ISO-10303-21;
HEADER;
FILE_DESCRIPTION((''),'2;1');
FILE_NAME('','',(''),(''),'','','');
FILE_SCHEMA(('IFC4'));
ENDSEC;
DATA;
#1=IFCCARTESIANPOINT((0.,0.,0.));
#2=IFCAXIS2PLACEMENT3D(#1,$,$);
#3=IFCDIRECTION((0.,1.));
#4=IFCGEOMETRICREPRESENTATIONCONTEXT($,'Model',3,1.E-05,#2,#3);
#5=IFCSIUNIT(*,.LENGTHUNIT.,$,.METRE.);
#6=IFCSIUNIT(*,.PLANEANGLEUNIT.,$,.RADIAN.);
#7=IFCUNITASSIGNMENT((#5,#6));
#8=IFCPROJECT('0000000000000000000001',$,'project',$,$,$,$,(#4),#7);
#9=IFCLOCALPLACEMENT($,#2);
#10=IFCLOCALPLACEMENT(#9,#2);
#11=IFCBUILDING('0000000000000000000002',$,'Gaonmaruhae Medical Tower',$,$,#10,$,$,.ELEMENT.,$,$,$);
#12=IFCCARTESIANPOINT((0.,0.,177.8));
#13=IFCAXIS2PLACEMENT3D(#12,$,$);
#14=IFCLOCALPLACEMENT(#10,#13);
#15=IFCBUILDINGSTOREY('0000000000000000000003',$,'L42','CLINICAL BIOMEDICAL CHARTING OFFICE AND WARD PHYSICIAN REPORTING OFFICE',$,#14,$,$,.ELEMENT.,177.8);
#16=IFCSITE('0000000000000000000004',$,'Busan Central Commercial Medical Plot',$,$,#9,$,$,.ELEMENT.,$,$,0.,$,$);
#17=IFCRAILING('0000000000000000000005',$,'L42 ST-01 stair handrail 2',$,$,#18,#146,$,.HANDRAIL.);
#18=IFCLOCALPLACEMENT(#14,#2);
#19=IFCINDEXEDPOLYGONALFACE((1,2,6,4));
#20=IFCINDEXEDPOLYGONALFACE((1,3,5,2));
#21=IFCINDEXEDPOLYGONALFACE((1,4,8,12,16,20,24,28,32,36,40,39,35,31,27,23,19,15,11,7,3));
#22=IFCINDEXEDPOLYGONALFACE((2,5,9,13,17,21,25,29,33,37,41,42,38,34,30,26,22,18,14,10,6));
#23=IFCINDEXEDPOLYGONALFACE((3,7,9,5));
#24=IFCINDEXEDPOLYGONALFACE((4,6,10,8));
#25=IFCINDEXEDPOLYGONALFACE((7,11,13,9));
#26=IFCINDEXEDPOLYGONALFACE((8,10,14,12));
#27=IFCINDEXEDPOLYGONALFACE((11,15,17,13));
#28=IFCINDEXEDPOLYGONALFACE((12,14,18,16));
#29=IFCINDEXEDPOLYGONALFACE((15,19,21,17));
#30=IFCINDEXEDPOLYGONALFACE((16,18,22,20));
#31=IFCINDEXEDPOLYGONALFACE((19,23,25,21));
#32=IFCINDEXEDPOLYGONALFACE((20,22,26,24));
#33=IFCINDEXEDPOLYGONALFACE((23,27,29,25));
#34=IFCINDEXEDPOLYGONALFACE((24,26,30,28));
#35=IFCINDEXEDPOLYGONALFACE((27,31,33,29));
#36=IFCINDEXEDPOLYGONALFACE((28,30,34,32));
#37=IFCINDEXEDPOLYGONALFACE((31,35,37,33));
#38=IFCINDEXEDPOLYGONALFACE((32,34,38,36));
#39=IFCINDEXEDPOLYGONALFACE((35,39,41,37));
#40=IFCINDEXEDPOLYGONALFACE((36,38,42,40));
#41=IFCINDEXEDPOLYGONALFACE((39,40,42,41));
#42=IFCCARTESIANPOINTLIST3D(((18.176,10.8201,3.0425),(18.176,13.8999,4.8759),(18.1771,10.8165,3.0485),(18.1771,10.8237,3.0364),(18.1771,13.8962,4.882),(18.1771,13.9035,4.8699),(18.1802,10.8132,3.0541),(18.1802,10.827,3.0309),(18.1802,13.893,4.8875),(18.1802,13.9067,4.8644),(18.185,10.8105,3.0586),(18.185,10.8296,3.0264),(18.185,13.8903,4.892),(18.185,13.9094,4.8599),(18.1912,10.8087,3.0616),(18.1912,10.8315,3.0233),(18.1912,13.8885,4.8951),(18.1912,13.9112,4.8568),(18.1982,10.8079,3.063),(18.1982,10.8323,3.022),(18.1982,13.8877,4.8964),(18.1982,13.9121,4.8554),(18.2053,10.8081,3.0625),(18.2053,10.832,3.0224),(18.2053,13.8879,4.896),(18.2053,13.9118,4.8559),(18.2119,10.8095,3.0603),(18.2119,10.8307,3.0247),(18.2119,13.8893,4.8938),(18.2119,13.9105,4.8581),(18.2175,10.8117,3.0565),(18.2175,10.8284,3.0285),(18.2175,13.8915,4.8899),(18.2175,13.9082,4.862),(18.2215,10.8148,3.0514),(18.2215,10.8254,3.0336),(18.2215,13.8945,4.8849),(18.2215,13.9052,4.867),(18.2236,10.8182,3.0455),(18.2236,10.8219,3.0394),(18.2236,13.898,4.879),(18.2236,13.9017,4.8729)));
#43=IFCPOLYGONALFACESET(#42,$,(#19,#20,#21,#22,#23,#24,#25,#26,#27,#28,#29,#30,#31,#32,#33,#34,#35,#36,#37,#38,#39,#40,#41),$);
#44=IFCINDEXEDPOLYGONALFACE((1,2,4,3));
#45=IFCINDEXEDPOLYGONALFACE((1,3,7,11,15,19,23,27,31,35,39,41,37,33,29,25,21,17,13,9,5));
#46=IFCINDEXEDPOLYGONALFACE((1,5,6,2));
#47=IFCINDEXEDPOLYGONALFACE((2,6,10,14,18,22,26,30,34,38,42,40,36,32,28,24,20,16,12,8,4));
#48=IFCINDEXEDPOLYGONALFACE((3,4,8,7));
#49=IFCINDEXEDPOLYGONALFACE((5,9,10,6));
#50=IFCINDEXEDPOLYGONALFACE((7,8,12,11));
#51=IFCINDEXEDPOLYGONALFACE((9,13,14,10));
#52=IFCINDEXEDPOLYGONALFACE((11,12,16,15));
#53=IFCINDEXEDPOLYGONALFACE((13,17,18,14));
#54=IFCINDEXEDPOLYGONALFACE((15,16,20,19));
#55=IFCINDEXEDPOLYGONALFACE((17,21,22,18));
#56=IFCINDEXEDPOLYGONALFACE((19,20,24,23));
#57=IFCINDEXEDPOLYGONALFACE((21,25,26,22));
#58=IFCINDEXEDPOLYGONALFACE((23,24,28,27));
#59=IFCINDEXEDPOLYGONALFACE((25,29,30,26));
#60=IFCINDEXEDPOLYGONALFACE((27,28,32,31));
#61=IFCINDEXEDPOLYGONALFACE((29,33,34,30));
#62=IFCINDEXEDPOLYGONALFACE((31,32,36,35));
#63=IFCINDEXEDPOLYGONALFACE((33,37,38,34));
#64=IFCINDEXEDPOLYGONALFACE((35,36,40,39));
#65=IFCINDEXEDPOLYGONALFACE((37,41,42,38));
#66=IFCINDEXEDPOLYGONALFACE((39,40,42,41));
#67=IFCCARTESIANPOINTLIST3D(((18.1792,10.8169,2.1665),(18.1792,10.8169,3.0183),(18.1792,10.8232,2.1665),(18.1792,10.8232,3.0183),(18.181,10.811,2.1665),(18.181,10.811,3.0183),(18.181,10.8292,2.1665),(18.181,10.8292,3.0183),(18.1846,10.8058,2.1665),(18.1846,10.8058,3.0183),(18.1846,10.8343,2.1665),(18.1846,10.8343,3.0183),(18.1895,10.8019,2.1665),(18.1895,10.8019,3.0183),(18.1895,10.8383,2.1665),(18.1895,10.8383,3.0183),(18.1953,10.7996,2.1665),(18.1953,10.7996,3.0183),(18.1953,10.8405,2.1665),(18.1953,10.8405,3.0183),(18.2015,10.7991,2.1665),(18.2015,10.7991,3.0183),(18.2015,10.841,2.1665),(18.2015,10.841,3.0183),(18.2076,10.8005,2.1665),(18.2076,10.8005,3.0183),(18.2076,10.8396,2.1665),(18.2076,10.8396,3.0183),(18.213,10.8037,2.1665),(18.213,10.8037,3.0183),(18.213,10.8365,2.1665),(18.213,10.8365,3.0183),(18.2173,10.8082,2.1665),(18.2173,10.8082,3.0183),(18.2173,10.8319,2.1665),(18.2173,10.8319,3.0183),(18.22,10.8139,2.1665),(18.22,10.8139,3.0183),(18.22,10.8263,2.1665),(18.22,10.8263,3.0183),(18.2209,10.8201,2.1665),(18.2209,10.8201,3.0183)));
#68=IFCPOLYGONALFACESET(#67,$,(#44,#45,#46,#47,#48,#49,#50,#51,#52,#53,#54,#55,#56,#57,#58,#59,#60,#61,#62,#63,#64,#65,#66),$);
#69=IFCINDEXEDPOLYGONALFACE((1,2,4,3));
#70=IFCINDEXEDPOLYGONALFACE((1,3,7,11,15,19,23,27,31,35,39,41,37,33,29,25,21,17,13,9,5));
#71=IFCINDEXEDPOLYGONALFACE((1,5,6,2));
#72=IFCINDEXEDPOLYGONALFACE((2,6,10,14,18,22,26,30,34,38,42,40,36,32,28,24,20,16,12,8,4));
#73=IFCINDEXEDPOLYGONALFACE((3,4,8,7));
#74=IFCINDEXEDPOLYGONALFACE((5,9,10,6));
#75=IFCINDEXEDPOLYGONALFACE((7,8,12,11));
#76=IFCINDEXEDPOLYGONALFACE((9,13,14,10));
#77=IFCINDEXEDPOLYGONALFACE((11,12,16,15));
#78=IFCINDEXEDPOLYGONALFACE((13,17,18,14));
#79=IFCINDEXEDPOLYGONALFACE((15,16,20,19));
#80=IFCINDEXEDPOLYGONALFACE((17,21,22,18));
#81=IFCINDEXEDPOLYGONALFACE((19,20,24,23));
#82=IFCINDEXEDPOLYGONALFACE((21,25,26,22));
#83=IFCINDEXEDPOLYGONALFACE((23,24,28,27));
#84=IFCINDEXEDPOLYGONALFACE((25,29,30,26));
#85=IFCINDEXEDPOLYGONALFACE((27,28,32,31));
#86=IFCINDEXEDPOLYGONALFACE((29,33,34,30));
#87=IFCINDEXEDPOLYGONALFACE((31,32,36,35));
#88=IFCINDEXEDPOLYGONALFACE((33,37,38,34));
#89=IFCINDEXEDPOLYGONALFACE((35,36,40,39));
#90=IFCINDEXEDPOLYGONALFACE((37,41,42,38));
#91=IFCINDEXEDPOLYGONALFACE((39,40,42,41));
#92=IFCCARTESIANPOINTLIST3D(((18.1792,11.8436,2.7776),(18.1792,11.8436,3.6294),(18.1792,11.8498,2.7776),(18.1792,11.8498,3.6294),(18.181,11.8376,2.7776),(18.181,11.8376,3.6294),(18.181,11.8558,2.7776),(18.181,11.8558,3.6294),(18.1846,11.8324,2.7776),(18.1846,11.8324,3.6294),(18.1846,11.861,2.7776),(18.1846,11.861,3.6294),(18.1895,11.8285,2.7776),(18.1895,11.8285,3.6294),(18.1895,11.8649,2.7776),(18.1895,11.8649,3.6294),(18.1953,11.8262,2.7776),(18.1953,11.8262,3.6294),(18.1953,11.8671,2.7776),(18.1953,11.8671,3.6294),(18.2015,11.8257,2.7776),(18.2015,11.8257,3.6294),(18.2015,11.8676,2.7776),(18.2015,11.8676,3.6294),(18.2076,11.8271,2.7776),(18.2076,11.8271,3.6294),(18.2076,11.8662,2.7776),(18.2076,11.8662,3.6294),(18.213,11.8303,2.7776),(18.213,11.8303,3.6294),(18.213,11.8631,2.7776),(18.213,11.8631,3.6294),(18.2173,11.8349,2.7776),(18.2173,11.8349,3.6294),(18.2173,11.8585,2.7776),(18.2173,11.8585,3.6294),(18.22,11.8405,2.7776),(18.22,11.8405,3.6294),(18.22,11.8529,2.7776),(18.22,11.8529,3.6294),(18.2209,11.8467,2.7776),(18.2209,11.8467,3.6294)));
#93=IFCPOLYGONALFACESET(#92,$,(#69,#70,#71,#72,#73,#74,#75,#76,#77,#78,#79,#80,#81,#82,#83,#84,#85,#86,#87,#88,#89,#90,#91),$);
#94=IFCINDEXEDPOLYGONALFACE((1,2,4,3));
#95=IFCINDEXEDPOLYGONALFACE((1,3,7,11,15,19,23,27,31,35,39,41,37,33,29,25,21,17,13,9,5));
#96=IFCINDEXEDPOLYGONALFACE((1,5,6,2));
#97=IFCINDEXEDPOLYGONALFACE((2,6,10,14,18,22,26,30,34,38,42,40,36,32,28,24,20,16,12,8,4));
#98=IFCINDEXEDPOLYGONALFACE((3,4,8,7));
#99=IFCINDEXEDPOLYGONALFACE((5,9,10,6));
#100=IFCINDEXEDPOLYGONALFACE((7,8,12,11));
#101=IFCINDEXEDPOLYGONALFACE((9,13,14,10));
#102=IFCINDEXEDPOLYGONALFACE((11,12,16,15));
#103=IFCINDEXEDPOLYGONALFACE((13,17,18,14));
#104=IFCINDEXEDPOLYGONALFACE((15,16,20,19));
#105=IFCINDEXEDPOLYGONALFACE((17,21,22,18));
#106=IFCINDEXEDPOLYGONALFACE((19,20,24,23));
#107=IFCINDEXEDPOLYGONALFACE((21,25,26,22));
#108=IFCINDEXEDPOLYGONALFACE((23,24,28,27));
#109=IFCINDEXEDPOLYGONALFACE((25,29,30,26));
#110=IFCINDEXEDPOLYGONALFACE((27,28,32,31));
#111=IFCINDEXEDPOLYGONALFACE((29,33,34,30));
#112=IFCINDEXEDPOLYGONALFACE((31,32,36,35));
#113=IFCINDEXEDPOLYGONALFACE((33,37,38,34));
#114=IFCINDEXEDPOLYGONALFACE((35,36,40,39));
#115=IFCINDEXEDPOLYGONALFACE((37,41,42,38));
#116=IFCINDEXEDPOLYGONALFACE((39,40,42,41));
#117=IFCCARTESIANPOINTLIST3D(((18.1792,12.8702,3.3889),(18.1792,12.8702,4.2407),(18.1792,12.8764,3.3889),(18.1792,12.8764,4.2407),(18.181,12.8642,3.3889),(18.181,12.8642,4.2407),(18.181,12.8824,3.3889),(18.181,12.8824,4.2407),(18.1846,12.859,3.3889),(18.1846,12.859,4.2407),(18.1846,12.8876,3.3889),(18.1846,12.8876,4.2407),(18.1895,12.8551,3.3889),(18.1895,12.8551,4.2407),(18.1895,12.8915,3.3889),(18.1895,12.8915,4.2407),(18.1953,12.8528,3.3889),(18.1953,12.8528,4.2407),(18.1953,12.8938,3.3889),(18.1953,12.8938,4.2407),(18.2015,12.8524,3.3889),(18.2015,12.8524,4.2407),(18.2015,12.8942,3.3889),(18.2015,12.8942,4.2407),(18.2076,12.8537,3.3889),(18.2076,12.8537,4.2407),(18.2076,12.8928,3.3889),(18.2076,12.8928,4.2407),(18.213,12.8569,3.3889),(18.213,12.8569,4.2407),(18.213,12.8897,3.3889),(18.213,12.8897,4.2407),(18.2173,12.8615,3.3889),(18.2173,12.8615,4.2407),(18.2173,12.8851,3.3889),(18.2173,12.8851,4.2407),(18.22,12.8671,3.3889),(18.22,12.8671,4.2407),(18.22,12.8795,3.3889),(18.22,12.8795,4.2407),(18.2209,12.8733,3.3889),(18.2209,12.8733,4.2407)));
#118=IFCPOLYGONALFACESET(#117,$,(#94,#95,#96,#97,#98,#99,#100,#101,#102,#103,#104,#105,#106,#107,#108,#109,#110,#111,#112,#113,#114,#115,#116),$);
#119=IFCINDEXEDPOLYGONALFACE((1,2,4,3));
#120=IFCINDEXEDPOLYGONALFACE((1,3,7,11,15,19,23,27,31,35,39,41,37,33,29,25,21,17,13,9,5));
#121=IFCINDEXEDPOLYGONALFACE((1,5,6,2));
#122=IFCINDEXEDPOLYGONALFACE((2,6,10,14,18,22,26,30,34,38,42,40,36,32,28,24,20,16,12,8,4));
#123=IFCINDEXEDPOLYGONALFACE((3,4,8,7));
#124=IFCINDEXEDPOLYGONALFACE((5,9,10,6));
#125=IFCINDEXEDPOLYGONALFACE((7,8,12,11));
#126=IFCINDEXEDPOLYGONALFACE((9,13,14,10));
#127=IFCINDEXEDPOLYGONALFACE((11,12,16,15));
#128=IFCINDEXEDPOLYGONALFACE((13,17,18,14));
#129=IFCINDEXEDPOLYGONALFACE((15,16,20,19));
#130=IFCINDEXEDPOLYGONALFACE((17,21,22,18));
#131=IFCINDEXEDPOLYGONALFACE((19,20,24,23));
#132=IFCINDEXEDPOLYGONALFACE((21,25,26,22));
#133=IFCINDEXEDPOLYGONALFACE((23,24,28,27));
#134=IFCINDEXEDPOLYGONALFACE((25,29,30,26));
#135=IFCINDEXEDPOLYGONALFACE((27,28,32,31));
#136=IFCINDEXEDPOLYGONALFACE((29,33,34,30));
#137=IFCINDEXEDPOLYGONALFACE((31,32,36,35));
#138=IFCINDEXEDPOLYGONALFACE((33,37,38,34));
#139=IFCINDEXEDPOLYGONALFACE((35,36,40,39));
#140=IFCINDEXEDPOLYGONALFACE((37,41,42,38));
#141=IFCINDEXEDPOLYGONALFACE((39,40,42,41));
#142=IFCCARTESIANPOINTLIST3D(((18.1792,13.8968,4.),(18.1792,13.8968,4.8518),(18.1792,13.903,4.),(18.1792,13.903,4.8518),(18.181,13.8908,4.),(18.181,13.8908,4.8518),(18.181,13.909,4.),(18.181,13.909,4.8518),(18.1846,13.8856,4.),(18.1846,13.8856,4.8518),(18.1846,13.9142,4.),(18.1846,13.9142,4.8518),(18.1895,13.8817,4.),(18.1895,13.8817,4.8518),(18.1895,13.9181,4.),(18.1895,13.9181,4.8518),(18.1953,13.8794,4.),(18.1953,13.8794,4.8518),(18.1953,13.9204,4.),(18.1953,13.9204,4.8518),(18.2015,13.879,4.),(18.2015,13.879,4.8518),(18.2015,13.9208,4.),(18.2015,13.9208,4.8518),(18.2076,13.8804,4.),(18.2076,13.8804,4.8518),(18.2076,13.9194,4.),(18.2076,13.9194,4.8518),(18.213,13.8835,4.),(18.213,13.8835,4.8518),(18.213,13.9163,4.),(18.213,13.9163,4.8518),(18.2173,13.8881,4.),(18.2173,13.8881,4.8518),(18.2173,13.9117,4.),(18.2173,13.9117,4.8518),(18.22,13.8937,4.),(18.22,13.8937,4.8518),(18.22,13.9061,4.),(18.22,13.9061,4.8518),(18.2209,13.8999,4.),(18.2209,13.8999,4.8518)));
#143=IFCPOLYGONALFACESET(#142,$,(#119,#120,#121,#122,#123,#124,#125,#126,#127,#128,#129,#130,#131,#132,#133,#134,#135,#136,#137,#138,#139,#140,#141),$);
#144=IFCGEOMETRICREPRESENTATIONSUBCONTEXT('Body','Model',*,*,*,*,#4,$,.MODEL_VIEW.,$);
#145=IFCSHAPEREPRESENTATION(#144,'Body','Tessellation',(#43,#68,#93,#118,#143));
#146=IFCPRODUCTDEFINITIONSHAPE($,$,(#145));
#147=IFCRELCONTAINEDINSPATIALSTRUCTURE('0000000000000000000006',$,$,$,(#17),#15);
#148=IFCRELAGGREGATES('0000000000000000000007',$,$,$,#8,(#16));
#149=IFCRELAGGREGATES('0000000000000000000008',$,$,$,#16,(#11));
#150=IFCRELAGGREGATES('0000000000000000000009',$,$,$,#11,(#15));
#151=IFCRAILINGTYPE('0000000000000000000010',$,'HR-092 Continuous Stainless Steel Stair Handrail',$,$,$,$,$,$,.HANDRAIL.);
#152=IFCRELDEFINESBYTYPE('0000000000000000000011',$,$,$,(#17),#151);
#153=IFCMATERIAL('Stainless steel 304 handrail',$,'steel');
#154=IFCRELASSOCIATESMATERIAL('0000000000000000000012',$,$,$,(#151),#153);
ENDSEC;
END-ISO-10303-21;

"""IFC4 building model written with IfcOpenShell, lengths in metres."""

from ifc_helpers import new_model, si_unit, direction, frame, origin, origin_2d, place, context, subcontext, project, spatial, circle, extrude, material, type_object, element, save


model = new_model("IFC4")

# Units and contexts
model_context = context("Model", 3, precision=1e-05, world=origin(), true_north=direction((0.0, 1.0)))
body_context = subcontext(model_context, "Body", "Model", "MODEL_VIEW")
ifc_project = project(units=[si_unit("LENGTHUNIT", "METRE"), si_unit("PLANEANGLEUNIT", "RADIAN")], contexts=[model_context])

# Site, building, storey
site_placement = place(None, origin())
site = spatial("IfcSite", under=ifc_project, at=site_placement, Name="Busan Central Commercial Medical Plot", CompositionType="ELEMENT", RefElevation=0.0)
building_placement = place(site_placement, origin())
building = spatial("IfcBuilding", under=site, at=building_placement, Name="Gaonmaruhae Medical Tower", CompositionType="ELEMENT")
storey_placement = place(building_placement, frame((0.0, 0.0, 177.8)))
storey = spatial("IfcBuildingStorey", under=building, at=storey_placement, Name="L42", Description="CLINICAL BIOMEDICAL CHARTING OFFICE AND WARD PHYSICIAN REPORTING OFFICE", CompositionType="ELEMENT", Elevation=177.8)

# Railing
ifc_material_1 = material(Name="Stainless steel 304 handrail", Category="steel")
railing_type_1 = type_object("IfcRailingType", Name="HR-092 Continuous Stainless Steel Stair Handrail", PredefinedType="HANDRAIL", material=ifc_material_1)
railing_1_placement = place(storey_placement, frame((18.2, 10.8201, 2.1665)))
element("IfcRailing", 1, at=railing_1_placement, inside=storey, type_object=railing_type_1, Name="L42 ST-01 stair handrail 2", PredefinedType="HANDRAIL", context=body_context, shape_type="SweptSolid", body=[
    extrude(circle(Radius=0.0239, at=origin_2d()), frame((0.0, 0.0, 0.876), z_axis=(0.0, 0.859261, 0.511538), x_axis=(-1.0, 0.0, 0.0)), (0.0, 0.0, 1.0), 3.5842),
    extrude(circle(Radius=0.021, at=origin_2d()), origin(), (0.0, 0.0, 1.0), 0.8518),
    extrude(circle(Radius=0.021, at=origin_2d()), frame((0.0, 1.0266, 0.6111)), (0.0, 0.0, 1.0), 0.8518),
    extrude(circle(Radius=0.021, at=origin_2d()), frame((0.0, 2.0532, 1.2224)), (0.0, 0.0, 1.0), 0.8518),
    extrude(circle(Radius=0.021, at=origin_2d()), frame((0.0, 3.0798, 1.8335)), (0.0, 0.0, 1.0), 0.8518),
])

save(model, "model.ifc")
